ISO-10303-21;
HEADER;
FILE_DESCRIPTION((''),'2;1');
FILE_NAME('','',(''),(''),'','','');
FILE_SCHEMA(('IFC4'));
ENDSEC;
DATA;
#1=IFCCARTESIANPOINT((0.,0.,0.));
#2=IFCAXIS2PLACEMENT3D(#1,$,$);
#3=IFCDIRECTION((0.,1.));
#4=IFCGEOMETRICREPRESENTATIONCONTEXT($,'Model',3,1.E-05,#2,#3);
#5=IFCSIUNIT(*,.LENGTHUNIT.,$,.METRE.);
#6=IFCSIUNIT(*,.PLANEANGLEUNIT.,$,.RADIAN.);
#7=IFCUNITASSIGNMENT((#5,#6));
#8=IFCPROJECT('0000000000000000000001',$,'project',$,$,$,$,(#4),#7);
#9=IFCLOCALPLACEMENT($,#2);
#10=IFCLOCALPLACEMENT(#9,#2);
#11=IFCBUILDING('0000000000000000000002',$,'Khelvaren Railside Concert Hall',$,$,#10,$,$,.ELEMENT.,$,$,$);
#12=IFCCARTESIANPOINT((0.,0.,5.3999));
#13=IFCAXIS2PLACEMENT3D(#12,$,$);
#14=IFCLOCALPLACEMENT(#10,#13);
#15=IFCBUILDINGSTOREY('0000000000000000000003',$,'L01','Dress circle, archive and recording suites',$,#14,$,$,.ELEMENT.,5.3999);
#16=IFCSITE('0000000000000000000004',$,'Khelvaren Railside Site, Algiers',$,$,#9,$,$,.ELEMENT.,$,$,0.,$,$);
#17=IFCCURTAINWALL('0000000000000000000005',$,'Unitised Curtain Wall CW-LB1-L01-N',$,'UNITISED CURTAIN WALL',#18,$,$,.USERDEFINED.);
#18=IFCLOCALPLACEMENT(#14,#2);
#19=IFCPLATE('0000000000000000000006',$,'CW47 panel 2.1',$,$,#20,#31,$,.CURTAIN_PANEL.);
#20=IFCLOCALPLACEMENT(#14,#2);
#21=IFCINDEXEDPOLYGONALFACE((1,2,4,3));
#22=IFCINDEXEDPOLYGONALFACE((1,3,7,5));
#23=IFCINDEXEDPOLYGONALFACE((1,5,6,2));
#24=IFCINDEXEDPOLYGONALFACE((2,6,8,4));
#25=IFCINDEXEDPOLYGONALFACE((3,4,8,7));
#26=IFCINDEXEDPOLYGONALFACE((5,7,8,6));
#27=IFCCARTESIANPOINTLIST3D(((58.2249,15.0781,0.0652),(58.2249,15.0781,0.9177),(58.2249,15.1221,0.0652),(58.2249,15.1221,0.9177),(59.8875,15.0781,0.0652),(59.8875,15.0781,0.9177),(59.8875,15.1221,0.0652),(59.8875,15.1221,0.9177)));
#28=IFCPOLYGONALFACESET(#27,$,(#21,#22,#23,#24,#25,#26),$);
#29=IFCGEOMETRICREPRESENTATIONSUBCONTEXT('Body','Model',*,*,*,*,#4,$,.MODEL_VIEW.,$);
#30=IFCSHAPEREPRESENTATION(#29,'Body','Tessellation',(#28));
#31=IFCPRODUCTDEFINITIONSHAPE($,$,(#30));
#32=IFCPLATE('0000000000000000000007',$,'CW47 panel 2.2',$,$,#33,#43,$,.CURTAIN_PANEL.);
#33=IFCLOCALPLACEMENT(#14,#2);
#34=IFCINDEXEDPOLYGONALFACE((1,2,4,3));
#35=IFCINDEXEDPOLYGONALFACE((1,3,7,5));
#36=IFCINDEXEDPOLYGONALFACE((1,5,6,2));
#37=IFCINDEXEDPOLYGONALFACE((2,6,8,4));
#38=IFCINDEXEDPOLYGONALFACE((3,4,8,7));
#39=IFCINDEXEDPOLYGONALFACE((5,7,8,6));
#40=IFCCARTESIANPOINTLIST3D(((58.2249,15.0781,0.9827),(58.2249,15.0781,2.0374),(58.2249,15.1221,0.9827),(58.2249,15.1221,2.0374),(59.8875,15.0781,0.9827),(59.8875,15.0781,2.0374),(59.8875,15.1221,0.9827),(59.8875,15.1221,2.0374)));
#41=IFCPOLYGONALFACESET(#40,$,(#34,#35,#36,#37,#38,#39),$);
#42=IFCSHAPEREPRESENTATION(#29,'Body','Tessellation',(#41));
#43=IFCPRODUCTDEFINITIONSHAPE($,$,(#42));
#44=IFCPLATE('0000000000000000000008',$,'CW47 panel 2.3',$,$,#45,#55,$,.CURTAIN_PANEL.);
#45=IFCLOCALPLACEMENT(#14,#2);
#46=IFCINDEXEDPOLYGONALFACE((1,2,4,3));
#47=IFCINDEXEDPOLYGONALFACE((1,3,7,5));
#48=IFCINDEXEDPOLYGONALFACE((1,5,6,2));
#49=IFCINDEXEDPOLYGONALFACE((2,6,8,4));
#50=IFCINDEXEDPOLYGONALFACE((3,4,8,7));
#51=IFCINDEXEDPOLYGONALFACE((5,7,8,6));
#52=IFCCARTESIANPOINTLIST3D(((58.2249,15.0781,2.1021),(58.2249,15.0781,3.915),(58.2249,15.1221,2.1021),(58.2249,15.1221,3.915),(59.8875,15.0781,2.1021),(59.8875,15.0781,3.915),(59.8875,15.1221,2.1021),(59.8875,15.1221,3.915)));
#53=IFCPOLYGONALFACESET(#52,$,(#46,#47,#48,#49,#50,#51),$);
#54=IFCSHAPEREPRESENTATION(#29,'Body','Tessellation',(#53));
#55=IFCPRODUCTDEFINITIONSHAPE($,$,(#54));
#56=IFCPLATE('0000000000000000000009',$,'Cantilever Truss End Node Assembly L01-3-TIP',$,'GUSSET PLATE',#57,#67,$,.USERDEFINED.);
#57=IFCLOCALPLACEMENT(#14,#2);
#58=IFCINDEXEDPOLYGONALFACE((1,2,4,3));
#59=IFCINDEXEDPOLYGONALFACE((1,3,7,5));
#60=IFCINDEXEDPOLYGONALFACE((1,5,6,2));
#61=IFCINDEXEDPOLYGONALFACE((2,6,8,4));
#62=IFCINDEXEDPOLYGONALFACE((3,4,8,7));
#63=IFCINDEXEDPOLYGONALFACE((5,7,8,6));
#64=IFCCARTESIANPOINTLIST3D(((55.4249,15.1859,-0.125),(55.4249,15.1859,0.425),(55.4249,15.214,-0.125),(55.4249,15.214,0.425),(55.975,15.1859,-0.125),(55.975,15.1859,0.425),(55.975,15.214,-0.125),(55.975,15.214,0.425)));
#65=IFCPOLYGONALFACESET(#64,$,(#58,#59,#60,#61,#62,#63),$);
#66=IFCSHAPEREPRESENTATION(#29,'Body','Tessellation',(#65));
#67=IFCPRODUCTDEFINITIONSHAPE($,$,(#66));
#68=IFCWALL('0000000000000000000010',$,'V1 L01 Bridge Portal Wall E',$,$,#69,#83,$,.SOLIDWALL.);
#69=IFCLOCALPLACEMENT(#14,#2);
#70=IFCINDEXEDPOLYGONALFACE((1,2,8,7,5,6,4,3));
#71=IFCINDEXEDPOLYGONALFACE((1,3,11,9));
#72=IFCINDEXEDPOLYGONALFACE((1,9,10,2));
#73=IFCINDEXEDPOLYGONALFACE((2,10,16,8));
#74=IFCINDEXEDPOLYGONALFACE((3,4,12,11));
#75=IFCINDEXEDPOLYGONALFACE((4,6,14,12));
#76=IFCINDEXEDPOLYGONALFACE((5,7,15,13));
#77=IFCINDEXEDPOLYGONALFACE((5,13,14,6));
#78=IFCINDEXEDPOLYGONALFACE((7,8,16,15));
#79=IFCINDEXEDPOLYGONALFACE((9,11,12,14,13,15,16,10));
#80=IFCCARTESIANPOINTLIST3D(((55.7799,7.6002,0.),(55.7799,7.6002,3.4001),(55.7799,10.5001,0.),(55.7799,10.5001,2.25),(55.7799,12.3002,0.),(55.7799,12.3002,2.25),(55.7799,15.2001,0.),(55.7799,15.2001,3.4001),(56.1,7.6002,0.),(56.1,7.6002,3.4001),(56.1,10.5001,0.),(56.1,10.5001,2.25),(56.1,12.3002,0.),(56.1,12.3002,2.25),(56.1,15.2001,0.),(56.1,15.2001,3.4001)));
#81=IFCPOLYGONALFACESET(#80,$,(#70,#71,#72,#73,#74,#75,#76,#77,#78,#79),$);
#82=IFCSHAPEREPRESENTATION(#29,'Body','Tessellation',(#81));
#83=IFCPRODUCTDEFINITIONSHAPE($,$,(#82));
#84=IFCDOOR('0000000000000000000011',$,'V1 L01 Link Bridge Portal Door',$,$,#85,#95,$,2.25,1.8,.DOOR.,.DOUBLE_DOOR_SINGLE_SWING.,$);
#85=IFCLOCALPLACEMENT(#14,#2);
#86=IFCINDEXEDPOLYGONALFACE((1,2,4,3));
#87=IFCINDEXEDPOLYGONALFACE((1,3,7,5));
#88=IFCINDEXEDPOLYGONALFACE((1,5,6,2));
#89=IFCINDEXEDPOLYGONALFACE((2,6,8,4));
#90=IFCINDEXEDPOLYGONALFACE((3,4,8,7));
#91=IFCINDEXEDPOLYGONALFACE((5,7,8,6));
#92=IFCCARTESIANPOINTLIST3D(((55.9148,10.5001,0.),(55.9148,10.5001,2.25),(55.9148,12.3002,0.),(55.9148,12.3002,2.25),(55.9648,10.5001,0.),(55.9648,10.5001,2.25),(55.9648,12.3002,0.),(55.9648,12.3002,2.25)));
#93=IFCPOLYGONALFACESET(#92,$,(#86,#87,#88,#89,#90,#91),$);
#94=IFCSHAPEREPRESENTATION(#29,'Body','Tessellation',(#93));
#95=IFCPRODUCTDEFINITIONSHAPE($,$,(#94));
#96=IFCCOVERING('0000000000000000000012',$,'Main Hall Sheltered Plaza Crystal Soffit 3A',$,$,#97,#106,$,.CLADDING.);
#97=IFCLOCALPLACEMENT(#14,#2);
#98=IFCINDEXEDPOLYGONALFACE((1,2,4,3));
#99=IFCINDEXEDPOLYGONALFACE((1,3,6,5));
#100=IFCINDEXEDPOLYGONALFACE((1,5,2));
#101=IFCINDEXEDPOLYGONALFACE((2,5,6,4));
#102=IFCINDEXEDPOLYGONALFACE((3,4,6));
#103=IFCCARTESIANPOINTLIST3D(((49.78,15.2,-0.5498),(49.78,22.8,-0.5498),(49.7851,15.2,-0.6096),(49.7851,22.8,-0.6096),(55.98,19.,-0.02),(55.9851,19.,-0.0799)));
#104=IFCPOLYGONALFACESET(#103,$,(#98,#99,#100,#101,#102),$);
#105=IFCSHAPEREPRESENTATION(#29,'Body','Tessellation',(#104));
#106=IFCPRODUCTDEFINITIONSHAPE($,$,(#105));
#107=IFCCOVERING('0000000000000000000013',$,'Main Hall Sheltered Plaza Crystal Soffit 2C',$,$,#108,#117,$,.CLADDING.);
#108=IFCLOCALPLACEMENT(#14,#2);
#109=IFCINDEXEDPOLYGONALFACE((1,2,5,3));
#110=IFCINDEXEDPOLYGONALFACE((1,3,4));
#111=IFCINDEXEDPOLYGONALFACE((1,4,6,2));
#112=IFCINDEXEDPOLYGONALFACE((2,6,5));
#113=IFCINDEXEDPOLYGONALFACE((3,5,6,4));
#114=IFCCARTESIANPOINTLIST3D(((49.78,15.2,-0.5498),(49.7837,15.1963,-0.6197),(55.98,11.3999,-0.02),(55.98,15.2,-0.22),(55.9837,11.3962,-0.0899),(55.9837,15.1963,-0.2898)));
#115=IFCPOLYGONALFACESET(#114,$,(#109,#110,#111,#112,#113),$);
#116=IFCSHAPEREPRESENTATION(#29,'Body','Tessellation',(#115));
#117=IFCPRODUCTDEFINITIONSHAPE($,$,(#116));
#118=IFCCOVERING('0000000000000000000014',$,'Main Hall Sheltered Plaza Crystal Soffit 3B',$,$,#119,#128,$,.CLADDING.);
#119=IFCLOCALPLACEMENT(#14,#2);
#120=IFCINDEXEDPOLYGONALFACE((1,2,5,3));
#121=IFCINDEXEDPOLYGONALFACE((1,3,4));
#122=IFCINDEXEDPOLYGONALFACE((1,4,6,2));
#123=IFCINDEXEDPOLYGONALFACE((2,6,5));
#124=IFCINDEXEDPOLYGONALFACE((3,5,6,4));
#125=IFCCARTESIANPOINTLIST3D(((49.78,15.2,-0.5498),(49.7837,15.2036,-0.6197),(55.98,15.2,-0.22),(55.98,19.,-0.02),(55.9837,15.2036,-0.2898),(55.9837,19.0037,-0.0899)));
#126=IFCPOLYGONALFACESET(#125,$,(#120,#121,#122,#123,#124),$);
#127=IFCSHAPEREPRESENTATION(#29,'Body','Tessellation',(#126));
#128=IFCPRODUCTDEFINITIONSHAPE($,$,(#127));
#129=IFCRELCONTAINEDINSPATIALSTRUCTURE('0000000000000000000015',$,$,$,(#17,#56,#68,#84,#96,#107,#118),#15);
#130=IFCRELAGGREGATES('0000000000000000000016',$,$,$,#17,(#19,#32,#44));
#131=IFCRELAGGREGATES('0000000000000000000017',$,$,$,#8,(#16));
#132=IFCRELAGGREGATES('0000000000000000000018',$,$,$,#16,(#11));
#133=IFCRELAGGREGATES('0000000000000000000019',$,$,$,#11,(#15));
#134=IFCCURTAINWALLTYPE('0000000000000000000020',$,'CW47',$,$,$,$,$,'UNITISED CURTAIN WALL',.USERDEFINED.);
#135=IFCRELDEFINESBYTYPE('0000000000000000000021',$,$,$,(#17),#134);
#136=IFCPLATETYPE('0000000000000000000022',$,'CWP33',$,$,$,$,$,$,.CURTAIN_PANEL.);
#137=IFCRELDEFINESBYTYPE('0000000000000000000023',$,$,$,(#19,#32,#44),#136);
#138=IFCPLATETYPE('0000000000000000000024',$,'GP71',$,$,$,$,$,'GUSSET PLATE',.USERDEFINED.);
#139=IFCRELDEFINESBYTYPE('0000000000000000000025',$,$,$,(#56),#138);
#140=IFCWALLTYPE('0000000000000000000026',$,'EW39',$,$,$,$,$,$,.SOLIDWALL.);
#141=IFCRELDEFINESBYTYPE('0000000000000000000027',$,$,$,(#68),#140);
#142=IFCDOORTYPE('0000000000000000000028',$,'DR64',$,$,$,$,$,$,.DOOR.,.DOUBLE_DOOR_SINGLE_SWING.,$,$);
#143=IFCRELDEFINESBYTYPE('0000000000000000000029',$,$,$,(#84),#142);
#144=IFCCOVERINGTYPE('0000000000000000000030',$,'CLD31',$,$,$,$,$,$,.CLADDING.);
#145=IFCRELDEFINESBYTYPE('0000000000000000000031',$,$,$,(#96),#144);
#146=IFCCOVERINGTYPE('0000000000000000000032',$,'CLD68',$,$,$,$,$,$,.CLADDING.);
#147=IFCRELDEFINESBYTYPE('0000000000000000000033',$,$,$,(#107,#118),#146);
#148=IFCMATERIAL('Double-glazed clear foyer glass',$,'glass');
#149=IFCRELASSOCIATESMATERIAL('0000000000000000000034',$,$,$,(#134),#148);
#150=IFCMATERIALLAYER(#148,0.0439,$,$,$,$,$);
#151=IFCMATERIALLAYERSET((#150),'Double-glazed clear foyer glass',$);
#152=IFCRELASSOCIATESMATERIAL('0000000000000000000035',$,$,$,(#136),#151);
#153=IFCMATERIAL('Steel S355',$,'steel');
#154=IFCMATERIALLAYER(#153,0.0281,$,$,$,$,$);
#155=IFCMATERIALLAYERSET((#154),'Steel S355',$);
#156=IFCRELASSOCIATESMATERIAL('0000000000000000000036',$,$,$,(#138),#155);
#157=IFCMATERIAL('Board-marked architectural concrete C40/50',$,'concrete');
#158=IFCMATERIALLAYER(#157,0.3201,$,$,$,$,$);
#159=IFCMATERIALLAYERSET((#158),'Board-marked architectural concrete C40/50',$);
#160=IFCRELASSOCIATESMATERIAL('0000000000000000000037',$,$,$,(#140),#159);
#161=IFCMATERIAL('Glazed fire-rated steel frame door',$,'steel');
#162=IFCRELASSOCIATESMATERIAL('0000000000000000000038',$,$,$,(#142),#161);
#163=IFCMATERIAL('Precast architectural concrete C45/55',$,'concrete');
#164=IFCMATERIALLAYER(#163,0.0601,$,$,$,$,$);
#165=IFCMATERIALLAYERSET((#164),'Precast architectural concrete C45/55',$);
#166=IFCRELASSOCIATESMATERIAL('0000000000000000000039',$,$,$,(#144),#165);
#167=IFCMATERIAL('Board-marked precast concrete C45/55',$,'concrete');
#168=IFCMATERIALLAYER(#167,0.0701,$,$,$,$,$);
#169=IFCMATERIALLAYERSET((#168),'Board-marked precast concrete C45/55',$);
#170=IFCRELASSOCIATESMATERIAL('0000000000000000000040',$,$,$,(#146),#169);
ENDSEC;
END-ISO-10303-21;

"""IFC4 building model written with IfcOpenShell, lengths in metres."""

from ifc_helpers import new_model, si_unit, direction, frame, frame_2d, origin, origin_2d, place, context, subcontext, project, spatial, polyline, rectangle, outline, extrude, material, layer, layer_set, type_object, element, fill, aggregate, save


model = new_model("IFC4")

# Units and contexts
model_context = context("Model", 3, precision=1e-05, world=origin(), true_north=direction((0.0, 1.0)))
body_context = subcontext(model_context, "Body", "Model", "MODEL_VIEW")
ifc_project = project(units=[si_unit("LENGTHUNIT", "METRE"), si_unit("PLANEANGLEUNIT", "RADIAN")], contexts=[model_context])

# Site, building, storey
site_placement = place(None, origin())
site = spatial("IfcSite", under=ifc_project, at=site_placement, Name="Khelvaren Railside Site, Algiers", CompositionType="ELEMENT", RefElevation=0.0)
building_placement = place(site_placement, origin())
building = spatial("IfcBuilding", under=site, at=building_placement, Name="Khelvaren Railside Concert Hall", CompositionType="ELEMENT")
storey_placement = place(building_placement, frame((0.0, 0.0, 5.3999)))
storey = spatial("IfcBuildingStorey", under=building, at=storey_placement, Name="L01", Description="Dress circle, archive and recording suites", CompositionType="ELEMENT", Elevation=5.3999)

# Shared definitions
ifc_material_1 = material(Name="Steel S355", Category="steel")

# Curtain wall
ifc_material_2 = material(Name="Double-glazed clear foyer glass", Category="glass")
curtain_wall_type = type_object("IfcCurtainWallType", Name="CW47", ElementType="UNITISED CURTAIN WALL", PredefinedType="USERDEFINED", material=ifc_material_2)
curtain_wall_placement = place(storey_placement, origin())
curtain_wall = element("IfcCurtainWall", 1, at=curtain_wall_placement, inside=storey, type_object=curtain_wall_type, Name="Unitised Curtain Wall CW-LB1-L01-N", ObjectType="UNITISED CURTAIN WALL", PredefinedType="USERDEFINED")

# Plates
ifc_layer_1 = layer(ifc_material_2, 0.0439)
ifc_layer_set_1 = layer_set([ifc_layer_1], Name="Double-glazed clear foyer glass")
plate_type_1 = type_object("IfcPlateType", Name="CWP33", PredefinedType="CURTAIN_PANEL", material=ifc_layer_set_1)
plate_1_placement = place(storey_placement, frame((59.0562, 15.1001, 0.0652), z_axis=(0.0, 0.0, 1.0), x_axis=(1.0, 0.0, 0.0)))
plate_1 = element("IfcPlate", 2, at=plate_1_placement, type_object=plate_type_1, Name="CW47 panel 2.1", PredefinedType="CURTAIN_PANEL", context=body_context, shape_type="SweptSolid", body=[
    extrude(rectangle(XDim=1.6626, YDim=0.0439, at=origin_2d()), origin(), (0.0, 0.0, 1.0), 0.8525),
])
plate_2_placement = place(storey_placement, frame((59.0562, 15.1001, 0.9827), z_axis=(0.0, 0.0, 1.0), x_axis=(1.0, 0.0, 0.0)))
plate_2 = element("IfcPlate", 3, at=plate_2_placement, type_object=plate_type_1, Name="CW47 panel 2.2", PredefinedType="CURTAIN_PANEL", context=body_context, shape_type="SweptSolid", body=[
    extrude(rectangle(XDim=1.6626, YDim=0.0439, at=origin_2d()), origin(), (0.0, 0.0, 1.0), 1.0547),
])
plate_3_placement = place(storey_placement, frame((59.0562, 15.1001, 2.1021), z_axis=(0.0, 0.0, 1.0), x_axis=(1.0, 0.0, 0.0)))
plate_3 = element("IfcPlate", 4, at=plate_3_placement, type_object=plate_type_1, Name="CW47 panel 2.3", PredefinedType="CURTAIN_PANEL", context=body_context, shape_type="SweptSolid", body=[
    extrude(rectangle(XDim=1.6626, YDim=0.0439, at=origin_2d()), origin(), (0.0, 0.0, 1.0), 1.813),
])
aggregate(curtain_wall, [plate_1, plate_2, plate_3])
ifc_layer_2 = layer(ifc_material_1, 0.0281)
ifc_layer_set_2 = layer_set([ifc_layer_2], Name="Steel S355")
plate_type_2 = type_object("IfcPlateType", Name="GP71", ElementType="GUSSET PLATE", PredefinedType="USERDEFINED", material=ifc_layer_set_2)
plate_4_placement = place(storey_placement, frame((55.7, 15.2, -0.125), z_axis=(0.0, 0.0, 1.0), x_axis=(1.0, 0.0, 0.0)))
element("IfcPlate", 5, at=plate_4_placement, inside=storey, type_object=plate_type_2, Name="Cantilever Truss End Node Assembly L01-3-TIP", ObjectType="GUSSET PLATE", PredefinedType="USERDEFINED", context=body_context, shape_type="SweptSolid", body=[
    extrude(rectangle(XDim=0.55, YDim=0.0281, at=origin_2d()), origin(), (0.0, 0.0, 1.0), 0.55),
])

# Wall, opening, door
ifc_material_3 = material(Name="Board-marked architectural concrete C40/50", Category="concrete")
ifc_layer_3 = layer(ifc_material_3, 0.3201)
ifc_layer_set_3 = layer_set([ifc_layer_3], Name="Board-marked architectural concrete C40/50")
wall_type = type_object("IfcWallType", Name="EW39", PredefinedType="SOLIDWALL", material=ifc_layer_set_3)
wall_placement = place(storey_placement, frame((55.9399, 15.2, 0.0), z_axis=(0.0, 0.0, 1.0), x_axis=(0.0, -1.0, 0.0)))
wall = element("IfcWall", 6, at=wall_placement, inside=storey, type_object=wall_type, Name="V1 L01 Bridge Portal Wall E", PredefinedType="SOLIDWALL", context=body_context, shape_type="SweptSolid", body=[
    extrude(rectangle(XDim=7.5999, YDim=0.3201, at=frame_2d((3.7998, 0.0))), origin(), (0.0, 0.0, 1.0), 3.4001),
])
opening_placement = place(wall_placement, frame((2.8999, 0.0, 0.0)))
opening = element("IfcOpeningElement", 7, at=opening_placement, cuts=wall, PredefinedType="OPENING", context=body_context, shape_type="SweptSolid", body=[
    extrude(rectangle(XDim=1.8, YDim=2.25, at=frame_2d((0.8999, 1.125))), frame((0.0, 0.1699, 0.0), z_axis=(0.0, -1.0, 0.0), x_axis=(1.0, 0.0, 0.0)), (0.0, 0.0, 1.0), 0.3401),
])
ifc_material_4 = material(Name="Glazed fire-rated steel frame door", Category="steel")
door_type = type_object("IfcDoorType", Name="DR64", OperationType="DOUBLE_DOOR_SINGLE_SWING", PredefinedType="DOOR", material=ifc_material_4)
door_placement = place(opening_placement, origin())
door = element("IfcDoor", 8, at=door_placement, inside=storey, type_object=door_type, Name="V1 L01 Link Bridge Portal Door", OperationType="DOUBLE_DOOR_SINGLE_SWING", OverallHeight=2.25, OverallWidth=1.8, PredefinedType="DOOR", context=body_context, shape_type="SweptSolid", body=[
    extrude(rectangle(XDim=1.8, YDim=2.25, at=frame_2d((0.8999, 1.125))), frame((0.0, 0.0249, 0.0), z_axis=(0.0, -1.0, 0.0), x_axis=(1.0, 0.0, 0.0)), (0.0, 0.0, 1.0), 0.05),
])
fill(opening, door)

# Coverings
ifc_material_5 = material(Name="Precast architectural concrete C45/55", Category="concrete")
ifc_layer_4 = layer(ifc_material_5, 0.0601)
ifc_layer_set_4 = layer_set([ifc_layer_4], Name="Precast architectural concrete C45/55")
covering_type_1 = type_object("IfcCoveringType", Name="CLD31", PredefinedType="CLADDING", material=ifc_layer_set_4)
covering_1_placement = place(storey_placement, frame((49.78, 15.2, -0.5498), z_axis=(-0.08514, 0.0, 0.996369), x_axis=(0.0, 1.0, 0.0)))
element("IfcCovering", 9, at=covering_1_placement, inside=storey, type_object=covering_type_1, Name="Main Hall Sheltered Plaza Crystal Soffit 3A", PredefinedType="CLADDING", context=body_context, shape_type="SweptSolid", body=[
    extrude(outline(polyline([(0.0, 0.0), (7.6001, 0.0), (3.8, -6.2225), (0.0, 0.0)])), origin(), (0.0, 0.0, -1.0), 0.0601),
])
ifc_material_6 = material(Name="Board-marked precast concrete C45/55", Category="concrete")
ifc_layer_5 = layer(ifc_material_6, 0.0701)
ifc_layer_set_5 = layer_set([ifc_layer_5], Name="Board-marked precast concrete C45/55")
covering_type_2 = type_object("IfcCoveringType", Name="CLD68", PredefinedType="CLADDING", material=ifc_layer_set_5)
covering_2_placement = place(storey_placement, frame((49.78, 15.2, -0.5498), z_axis=(-0.053051, 0.052471, 0.997212), x_axis=(0.998588, 0.0, 0.053124)))
element("IfcCovering", 10, at=covering_2_placement, inside=storey, type_object=covering_type_2, Name="Main Hall Sheltered Plaza Crystal Soffit 2C", PredefinedType="CLADDING", context=body_context, shape_type="SweptSolid", body=[
    extrude(outline(polyline([(0.0, 0.0), (6.2087, 0.0), (6.2193, -3.8053), (0.0, 0.0)])), origin(), (0.0, 0.0, -1.0), 0.0701),
])
covering_3_placement = place(storey_placement, frame((49.78, 15.2, -0.5498), z_axis=(-0.053051, -0.052471, 0.997212), x_axis=(0.998588, 0.0, 0.053124)))
element("IfcCovering", 11, at=covering_3_placement, inside=storey, type_object=covering_type_2, Name="Main Hall Sheltered Plaza Crystal Soffit 3B", PredefinedType="CLADDING", context=body_context, shape_type="SweptSolid", body=[
    extrude(outline(polyline([(0.0, 0.0), (6.2087, 0.0), (6.2193, 3.8053), (0.0, 0.0)])), origin(), (0.0, 0.0, -1.0), 0.0701),
])

save(model, "model.ifc")
